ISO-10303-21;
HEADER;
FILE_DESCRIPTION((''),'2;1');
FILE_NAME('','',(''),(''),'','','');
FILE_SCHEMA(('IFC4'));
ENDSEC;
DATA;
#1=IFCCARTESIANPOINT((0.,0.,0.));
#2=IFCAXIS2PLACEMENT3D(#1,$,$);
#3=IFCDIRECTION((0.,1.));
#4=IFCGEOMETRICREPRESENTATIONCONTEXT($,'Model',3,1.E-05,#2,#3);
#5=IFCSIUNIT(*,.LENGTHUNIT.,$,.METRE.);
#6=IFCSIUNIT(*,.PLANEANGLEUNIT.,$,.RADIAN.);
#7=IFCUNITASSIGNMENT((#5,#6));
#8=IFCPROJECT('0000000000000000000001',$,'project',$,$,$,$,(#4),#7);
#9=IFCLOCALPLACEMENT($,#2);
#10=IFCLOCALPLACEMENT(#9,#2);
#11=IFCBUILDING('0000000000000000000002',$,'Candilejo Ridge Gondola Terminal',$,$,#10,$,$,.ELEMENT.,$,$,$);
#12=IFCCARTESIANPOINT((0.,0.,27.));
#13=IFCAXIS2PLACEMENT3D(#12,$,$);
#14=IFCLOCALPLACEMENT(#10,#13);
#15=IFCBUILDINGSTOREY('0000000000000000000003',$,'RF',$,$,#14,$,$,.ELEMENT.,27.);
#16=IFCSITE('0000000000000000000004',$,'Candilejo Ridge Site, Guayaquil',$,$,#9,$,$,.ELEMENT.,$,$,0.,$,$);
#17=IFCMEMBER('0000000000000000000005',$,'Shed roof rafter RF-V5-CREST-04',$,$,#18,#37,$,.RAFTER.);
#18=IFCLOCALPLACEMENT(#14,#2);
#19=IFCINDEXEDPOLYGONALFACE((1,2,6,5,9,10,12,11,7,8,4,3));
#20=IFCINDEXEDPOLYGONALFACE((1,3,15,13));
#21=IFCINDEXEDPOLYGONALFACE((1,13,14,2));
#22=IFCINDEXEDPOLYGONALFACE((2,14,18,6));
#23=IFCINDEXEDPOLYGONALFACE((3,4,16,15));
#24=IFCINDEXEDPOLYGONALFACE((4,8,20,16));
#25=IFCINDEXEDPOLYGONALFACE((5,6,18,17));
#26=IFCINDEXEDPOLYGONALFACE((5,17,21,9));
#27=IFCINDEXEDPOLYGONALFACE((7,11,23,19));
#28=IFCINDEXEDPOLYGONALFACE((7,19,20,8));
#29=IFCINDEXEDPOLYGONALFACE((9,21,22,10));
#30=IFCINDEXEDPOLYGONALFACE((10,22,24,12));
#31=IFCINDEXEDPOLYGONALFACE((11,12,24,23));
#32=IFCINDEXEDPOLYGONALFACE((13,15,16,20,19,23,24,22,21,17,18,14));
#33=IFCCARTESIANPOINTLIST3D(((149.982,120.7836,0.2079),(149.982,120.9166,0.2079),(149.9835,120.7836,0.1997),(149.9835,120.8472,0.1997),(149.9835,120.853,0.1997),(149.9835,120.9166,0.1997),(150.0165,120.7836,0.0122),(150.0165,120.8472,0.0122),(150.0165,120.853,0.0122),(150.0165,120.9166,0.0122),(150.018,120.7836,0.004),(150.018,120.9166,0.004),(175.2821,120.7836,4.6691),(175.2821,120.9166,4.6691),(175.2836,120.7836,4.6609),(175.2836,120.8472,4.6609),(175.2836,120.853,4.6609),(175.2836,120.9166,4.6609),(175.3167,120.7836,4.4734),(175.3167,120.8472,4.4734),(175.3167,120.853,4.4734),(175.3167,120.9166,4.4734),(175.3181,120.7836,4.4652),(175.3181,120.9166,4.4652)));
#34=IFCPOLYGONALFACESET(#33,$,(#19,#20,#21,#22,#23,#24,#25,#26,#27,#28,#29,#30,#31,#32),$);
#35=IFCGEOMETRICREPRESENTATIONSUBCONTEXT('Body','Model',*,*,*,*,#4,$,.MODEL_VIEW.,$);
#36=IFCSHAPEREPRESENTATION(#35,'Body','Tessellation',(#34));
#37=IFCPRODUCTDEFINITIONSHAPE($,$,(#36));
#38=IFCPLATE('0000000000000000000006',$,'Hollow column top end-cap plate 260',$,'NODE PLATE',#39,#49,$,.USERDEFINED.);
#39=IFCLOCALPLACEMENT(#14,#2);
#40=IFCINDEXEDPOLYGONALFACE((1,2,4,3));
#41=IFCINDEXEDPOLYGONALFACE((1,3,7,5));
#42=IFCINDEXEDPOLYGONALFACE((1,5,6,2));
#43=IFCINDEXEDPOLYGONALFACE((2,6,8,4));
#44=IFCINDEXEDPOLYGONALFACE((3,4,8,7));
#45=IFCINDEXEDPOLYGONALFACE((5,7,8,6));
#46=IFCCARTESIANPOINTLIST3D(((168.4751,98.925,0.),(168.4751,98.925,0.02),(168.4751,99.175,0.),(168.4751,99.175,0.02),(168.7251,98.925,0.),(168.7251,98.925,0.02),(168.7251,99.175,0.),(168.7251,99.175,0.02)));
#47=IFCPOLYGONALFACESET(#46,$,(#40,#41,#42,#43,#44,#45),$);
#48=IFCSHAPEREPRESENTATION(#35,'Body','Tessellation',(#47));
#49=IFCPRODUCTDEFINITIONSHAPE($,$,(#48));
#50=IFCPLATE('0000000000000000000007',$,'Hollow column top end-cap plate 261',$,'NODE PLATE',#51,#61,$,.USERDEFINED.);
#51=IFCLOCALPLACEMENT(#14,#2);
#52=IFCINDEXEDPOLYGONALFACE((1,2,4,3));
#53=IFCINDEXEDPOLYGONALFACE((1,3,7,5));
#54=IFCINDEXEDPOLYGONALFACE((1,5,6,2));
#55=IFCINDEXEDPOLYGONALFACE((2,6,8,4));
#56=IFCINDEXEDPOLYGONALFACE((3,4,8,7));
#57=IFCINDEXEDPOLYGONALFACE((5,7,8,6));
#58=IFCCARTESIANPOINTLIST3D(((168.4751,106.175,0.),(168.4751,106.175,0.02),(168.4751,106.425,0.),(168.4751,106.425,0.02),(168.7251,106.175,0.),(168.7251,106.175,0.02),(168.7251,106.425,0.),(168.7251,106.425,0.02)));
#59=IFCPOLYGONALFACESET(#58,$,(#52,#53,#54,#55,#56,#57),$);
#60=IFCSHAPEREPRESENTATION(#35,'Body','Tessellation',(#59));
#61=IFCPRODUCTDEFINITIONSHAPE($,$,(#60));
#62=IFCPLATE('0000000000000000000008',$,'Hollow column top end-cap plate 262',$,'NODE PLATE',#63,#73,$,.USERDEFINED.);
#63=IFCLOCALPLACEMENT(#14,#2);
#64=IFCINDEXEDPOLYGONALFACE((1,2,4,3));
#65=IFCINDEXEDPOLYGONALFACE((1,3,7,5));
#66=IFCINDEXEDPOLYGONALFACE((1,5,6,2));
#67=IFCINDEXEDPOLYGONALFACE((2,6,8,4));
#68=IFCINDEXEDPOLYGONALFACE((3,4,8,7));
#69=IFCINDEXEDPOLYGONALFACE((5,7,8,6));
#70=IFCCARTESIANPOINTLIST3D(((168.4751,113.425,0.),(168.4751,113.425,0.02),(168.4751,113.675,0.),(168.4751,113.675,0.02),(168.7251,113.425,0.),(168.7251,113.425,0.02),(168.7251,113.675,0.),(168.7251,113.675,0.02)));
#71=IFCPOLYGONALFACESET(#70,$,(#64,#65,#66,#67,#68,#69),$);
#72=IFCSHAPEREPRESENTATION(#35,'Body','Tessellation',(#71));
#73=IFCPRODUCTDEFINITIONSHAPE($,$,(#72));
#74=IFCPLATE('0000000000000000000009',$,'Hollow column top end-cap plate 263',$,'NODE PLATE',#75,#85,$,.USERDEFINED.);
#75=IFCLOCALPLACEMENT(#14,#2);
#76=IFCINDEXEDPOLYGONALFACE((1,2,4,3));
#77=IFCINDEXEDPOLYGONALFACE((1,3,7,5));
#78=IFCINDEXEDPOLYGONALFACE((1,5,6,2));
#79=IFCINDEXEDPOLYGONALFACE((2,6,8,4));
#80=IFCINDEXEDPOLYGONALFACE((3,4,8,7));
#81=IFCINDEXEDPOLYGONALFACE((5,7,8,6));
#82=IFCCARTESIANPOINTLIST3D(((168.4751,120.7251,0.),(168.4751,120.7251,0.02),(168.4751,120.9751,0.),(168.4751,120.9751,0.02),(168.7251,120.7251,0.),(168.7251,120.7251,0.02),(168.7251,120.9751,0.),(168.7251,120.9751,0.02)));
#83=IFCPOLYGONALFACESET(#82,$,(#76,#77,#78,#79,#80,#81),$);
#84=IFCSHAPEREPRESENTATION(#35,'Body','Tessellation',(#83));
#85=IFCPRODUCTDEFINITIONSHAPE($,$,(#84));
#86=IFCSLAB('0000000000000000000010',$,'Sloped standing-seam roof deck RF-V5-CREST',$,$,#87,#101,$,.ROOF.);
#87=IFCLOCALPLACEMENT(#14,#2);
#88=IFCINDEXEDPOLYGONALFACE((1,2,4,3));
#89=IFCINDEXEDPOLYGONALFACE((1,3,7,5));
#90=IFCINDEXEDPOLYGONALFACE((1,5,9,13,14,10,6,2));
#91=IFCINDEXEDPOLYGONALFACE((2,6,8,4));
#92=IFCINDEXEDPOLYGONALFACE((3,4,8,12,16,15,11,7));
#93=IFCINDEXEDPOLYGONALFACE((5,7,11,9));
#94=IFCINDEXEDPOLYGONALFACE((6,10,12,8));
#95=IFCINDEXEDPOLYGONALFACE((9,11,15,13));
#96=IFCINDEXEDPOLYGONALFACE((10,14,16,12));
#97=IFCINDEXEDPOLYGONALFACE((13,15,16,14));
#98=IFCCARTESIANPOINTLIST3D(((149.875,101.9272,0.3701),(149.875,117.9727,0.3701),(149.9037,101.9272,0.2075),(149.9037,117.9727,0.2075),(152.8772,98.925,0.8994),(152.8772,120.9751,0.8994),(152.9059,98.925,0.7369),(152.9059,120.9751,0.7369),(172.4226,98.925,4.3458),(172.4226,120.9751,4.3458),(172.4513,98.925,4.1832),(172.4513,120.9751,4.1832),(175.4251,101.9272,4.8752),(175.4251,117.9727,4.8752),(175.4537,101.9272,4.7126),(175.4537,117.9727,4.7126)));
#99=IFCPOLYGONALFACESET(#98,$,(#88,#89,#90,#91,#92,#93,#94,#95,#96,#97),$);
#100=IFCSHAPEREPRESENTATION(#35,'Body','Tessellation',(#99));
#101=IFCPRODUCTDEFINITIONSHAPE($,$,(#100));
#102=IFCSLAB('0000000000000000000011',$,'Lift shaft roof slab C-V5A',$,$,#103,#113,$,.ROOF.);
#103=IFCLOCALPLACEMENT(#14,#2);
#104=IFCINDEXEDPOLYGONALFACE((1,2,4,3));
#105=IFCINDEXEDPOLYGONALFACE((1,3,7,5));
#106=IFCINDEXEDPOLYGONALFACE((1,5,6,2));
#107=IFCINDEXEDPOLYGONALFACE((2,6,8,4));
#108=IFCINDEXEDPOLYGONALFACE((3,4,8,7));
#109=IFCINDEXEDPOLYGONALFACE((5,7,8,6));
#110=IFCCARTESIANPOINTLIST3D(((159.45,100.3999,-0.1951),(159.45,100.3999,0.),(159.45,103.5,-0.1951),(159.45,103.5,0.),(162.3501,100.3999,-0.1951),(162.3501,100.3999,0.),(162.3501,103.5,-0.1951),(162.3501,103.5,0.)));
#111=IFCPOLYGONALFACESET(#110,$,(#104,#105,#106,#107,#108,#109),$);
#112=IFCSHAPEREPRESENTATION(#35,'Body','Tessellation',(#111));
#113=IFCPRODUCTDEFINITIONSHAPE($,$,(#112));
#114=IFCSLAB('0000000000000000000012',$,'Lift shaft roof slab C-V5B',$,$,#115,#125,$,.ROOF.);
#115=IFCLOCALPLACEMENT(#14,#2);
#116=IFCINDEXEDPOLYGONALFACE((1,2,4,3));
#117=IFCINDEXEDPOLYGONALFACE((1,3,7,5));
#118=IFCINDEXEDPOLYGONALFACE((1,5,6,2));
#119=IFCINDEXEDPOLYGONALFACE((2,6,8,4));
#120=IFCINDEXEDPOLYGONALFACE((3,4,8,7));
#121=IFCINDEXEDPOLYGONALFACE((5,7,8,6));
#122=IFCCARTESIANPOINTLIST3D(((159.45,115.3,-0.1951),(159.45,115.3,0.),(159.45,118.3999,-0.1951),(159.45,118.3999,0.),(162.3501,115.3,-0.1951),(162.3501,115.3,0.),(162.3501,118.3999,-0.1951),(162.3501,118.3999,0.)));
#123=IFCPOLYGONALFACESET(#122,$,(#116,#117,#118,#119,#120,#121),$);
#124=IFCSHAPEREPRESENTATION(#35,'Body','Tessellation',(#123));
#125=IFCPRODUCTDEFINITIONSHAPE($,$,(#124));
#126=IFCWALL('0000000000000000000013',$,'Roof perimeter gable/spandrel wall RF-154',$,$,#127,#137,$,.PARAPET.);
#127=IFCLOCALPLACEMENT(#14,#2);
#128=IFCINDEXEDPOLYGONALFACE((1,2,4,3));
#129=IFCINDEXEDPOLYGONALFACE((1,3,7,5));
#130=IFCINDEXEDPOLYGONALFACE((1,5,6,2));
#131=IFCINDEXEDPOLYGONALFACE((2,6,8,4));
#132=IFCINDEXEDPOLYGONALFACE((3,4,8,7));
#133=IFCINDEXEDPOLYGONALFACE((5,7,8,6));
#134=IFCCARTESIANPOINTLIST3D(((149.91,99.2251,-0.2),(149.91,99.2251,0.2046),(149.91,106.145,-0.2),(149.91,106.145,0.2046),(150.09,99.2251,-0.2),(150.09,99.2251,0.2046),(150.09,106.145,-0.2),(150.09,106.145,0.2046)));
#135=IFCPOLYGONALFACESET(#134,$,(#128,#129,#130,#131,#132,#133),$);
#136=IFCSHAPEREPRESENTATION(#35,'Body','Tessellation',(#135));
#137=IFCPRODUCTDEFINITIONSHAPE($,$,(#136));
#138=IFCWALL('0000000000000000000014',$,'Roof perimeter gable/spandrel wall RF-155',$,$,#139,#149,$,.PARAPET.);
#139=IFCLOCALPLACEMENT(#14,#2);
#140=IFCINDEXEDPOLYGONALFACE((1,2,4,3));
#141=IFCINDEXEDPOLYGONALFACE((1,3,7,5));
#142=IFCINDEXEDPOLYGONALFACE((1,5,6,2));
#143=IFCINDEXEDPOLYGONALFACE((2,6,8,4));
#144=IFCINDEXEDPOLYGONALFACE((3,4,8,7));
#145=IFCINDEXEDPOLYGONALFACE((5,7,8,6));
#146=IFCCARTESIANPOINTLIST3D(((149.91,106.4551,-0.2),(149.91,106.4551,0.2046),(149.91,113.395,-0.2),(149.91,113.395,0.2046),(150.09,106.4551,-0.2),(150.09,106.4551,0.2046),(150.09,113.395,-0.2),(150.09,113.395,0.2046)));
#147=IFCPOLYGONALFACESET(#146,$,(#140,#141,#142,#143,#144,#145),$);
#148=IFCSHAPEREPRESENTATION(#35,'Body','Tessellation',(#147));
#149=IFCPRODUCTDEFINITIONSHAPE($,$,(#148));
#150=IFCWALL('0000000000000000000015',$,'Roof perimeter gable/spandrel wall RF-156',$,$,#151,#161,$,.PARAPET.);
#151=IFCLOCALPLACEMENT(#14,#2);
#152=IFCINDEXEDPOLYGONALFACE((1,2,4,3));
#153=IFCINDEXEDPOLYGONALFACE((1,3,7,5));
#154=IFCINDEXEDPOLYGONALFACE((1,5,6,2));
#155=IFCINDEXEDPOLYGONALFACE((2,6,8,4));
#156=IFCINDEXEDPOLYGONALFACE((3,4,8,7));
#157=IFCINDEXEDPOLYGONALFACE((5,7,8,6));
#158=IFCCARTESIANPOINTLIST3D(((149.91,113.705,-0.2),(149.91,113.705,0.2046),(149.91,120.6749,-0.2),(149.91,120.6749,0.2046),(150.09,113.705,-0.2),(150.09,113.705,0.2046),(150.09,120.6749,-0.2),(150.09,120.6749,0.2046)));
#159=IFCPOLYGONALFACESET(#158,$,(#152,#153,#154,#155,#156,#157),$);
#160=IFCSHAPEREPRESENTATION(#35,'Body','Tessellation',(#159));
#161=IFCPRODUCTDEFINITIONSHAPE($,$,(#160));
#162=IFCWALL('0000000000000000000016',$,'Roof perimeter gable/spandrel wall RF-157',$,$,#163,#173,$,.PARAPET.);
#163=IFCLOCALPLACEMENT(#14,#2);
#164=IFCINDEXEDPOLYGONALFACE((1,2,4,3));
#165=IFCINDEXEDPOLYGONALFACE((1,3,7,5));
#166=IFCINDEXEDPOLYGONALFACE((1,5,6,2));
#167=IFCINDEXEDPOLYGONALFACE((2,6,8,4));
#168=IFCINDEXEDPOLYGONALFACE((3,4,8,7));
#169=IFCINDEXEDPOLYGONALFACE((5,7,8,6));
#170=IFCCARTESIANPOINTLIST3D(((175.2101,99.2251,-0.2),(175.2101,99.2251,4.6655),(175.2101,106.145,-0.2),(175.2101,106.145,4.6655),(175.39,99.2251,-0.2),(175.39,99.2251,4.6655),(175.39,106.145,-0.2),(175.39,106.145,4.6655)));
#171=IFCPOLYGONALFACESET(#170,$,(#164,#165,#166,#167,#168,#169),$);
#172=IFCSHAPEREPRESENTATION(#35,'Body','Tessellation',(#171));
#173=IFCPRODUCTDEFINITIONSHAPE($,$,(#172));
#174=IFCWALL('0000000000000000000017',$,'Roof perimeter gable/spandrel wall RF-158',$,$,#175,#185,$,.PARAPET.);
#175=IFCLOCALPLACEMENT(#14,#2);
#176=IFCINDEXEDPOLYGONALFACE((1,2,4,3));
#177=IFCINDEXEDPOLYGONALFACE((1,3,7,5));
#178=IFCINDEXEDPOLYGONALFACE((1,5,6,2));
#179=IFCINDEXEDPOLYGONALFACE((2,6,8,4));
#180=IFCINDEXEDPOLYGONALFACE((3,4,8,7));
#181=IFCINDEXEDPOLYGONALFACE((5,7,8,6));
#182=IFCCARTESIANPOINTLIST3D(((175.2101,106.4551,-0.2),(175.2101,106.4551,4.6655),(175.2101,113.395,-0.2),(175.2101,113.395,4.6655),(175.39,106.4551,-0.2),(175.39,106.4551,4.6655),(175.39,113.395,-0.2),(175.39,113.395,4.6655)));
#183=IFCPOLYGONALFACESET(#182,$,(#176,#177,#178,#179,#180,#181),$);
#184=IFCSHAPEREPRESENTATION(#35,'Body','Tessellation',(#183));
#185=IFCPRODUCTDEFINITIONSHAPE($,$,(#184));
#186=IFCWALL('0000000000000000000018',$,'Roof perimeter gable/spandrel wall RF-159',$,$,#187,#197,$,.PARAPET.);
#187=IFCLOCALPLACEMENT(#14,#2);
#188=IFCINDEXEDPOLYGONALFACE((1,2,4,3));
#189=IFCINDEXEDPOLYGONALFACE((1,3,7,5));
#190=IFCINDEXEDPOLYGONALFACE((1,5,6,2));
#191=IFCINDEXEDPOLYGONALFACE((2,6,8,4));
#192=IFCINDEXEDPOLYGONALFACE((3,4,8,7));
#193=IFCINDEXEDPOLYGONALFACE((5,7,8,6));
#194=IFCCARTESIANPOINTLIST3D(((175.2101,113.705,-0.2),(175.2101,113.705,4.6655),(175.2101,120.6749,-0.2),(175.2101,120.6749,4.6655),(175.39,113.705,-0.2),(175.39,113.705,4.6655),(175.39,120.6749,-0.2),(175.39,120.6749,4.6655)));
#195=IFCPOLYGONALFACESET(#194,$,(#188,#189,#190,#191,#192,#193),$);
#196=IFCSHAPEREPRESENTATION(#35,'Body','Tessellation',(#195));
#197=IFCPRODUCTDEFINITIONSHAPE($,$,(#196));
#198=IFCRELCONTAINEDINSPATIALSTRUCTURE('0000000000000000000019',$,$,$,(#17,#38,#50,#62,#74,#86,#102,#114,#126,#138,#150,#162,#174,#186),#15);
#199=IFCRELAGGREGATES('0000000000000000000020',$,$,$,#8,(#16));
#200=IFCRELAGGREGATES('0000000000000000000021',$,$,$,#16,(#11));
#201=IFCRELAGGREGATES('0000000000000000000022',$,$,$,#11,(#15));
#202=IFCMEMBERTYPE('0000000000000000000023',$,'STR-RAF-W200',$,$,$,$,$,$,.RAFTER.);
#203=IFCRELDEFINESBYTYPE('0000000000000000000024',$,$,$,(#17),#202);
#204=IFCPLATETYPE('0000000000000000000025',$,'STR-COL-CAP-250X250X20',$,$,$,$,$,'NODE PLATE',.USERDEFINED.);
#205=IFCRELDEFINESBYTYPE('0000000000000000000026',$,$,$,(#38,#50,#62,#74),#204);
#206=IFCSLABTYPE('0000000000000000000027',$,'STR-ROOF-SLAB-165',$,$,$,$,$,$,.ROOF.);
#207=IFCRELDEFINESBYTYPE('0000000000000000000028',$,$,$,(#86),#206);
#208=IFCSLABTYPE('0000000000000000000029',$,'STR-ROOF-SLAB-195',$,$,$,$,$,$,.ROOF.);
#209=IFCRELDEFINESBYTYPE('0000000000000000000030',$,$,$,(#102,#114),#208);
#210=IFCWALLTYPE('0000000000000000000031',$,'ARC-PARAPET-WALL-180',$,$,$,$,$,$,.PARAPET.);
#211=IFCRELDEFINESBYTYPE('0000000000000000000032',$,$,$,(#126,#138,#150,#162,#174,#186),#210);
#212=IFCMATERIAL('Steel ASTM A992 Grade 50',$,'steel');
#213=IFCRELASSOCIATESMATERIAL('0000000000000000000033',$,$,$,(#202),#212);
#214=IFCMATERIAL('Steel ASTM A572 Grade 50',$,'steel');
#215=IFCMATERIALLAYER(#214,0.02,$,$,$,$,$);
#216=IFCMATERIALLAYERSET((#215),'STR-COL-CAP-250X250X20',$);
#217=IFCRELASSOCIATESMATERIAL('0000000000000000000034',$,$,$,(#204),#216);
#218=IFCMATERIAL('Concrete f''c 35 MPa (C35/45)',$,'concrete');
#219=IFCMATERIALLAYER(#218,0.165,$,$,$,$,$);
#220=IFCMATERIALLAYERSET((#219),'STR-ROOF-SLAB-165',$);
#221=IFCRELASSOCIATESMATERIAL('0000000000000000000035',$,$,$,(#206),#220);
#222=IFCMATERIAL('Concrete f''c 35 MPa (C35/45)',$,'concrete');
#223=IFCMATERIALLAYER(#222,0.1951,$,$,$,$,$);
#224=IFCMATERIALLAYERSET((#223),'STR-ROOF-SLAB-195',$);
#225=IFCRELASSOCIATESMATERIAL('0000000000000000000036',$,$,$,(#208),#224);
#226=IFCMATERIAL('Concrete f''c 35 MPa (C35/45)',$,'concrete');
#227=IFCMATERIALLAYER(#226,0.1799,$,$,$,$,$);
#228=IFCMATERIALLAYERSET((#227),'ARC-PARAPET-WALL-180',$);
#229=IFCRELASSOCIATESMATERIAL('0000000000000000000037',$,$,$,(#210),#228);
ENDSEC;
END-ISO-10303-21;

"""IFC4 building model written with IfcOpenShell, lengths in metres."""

from ifc_helpers import new_model, si_unit, direction, frame, frame_2d, origin, origin_2d, place, context, subcontext, project, spatial, polyline, rectangle, i_section, outline, extrude, material, layer, layer_set, material_profile, profile_set, type_object, element, save


model = new_model("IFC4")

# Units and contexts
model_context = context("Model", 3, precision=1e-05, world=origin(), true_north=direction((0.0, 1.0)))
body_context = subcontext(model_context, "Body", "Model", "MODEL_VIEW")
ifc_project = project(units=[si_unit("LENGTHUNIT", "METRE"), si_unit("PLANEANGLEUNIT", "RADIAN")], contexts=[model_context])

# Site, building, storey
site_placement = place(None, origin())
site = spatial("IfcSite", under=ifc_project, at=site_placement, Name="Candilejo Ridge Site, Guayaquil", CompositionType="ELEMENT", RefElevation=0.0)
building_placement = place(site_placement, origin())
building = spatial("IfcBuilding", under=site, at=building_placement, Name="Candilejo Ridge Gondola Terminal", CompositionType="ELEMENT")
storey_placement = place(building_placement, frame((0.0, 0.0, 27.0)))
storey = spatial("IfcBuildingStorey", under=building, at=storey_placement, Name="RF", CompositionType="ELEMENT", Elevation=27.0)

# Member
ifc_material_1 = material(Name="Steel ASTM A992 Grade 50", Category="steel")
ifc_material_profile_1 = material_profile(ifc_material_1, i_section(OverallWidth=0.1331, OverallDepth=0.207, WebThickness=0.0059, FlangeThickness=0.0083, at=origin_2d()))
ifc_profile_set_1 = profile_set([ifc_material_profile_1], Name="Steel ASTM A992 Grade 50")
member_type = type_object("IfcMemberType", Name="STR-RAF-W200", PredefinedType="RAFTER", material=ifc_profile_set_1)
for number, where, z_axis, x_axis, name in (
    (1, (150.0, 120.8501, 0.106), (0.984807, 0.0, 0.173652), (0.0, 1.0, 0.0), "Shed roof rafter RF-V5-CREST-04"),
):
    element("IfcMember", number, at=place(storey_placement, frame(where, z_axis=z_axis, x_axis=x_axis)), inside=storey, type_object=member_type, Name=name, PredefinedType="RAFTER", context=body_context, shape_type="SweptSolid", body=[
        extrude(i_section(OverallWidth=0.1331, OverallDepth=0.207, WebThickness=0.0059, FlangeThickness=0.0083, at=origin_2d()), origin(), (0.0, 0.0, 1.0), 25.6904),
    ])

# Plates
ifc_material_2 = material(Name="Steel ASTM A572 Grade 50", Category="steel")
ifc_layer_1 = layer(ifc_material_2, 0.02)
ifc_layer_set_1 = layer_set([ifc_layer_1], Name="STR-COL-CAP-250X250X20")
plate_type = type_object("IfcPlateType", Name="STR-COL-CAP-250X250X20", ElementType="NODE PLATE", PredefinedType="USERDEFINED", material=ifc_layer_set_1)
for number, where, z_axis, x_axis, name in (
    (2, (168.6001, 99.05, 0.0), (0.0, 0.0, 1.0), (1.0, 0.0, 0.0), "Hollow column top end-cap plate 260"),
    (3, (168.6001, 106.3, 0.0), (0.0, 0.0, 1.0), (1.0, 0.0, 0.0), "Hollow column top end-cap plate 261"),
    (4, (168.6001, 113.55, 0.0), (0.0, 0.0, 1.0), (1.0, 0.0, 0.0), "Hollow column top end-cap plate 262"),
    (5, (168.6001, 120.8501, 0.0), (0.0, 0.0, 1.0), (1.0, 0.0, 0.0), "Hollow column top end-cap plate 263"),
):
    element("IfcPlate", number, at=place(storey_placement, frame(where, z_axis=z_axis, x_axis=x_axis)), inside=storey, type_object=plate_type, Name=name, ObjectType="NODE PLATE", PredefinedType="USERDEFINED", context=body_context, shape_type="SweptSolid", body=[
        extrude(rectangle(XDim=0.25, YDim=0.25, at=origin_2d()), origin(), (0.0, 0.0, 1.0), 0.02),
    ])

# Slabs
ifc_material_3 = material(Name="Concrete f'c 35 MPa (C35/45)", Category="concrete")
ifc_layer_2 = layer(ifc_material_3, 0.165)
ifc_layer_set_2 = layer_set([ifc_layer_2], Name="STR-ROOF-SLAB-165")
slab_type_1 = type_object("IfcSlabType", Name="STR-ROOF-SLAB-165", PredefinedType="ROOF", material=ifc_layer_set_2)
slab_1_placement = place(storey_placement, frame((152.8772, 98.925, 0.8994), z_axis=(-0.173646, 0.0, 0.984808), x_axis=(0.984808, 0.0, 0.173646)))
element("IfcSlab", 6, at=slab_1_placement, inside=storey, type_object=slab_type_1, Name="Sloped standing-seam roof deck RF-V5-CREST", PredefinedType="ROOF", context=body_context, shape_type="SweptSolid", body=[
    extrude(outline(polyline([(0.0, 0.0), (19.8469, 0.0), (22.8957, 3.0022), (22.8957, 19.0476), (19.8469, 22.05), (0.0, 22.05), (-3.0485, 19.0476), (-3.0485, 3.0022), (0.0, 0.0)])), origin(), (0.0, 0.0, -1.0), 0.165),
])
ifc_material_4 = material(Name="Concrete f'c 35 MPa (C35/45)", Category="concrete")
ifc_layer_3 = layer(ifc_material_4, 0.1951)
ifc_layer_set_3 = layer_set([ifc_layer_3], Name="STR-ROOF-SLAB-195")
slab_type_2 = type_object("IfcSlabType", Name="STR-ROOF-SLAB-195", PredefinedType="ROOF", material=ifc_layer_set_3)
slab_2_placement = place(storey_placement, frame((0.0, 0.0, -0.1951)))
element("IfcSlab", 7, at=slab_2_placement, inside=storey, type_object=slab_type_2, Name="Lift shaft roof slab C-V5A", PredefinedType="ROOF", context=body_context, shape_type="SweptSolid", body=[
    extrude(outline(polyline([(159.45, 100.3999), (162.3501, 100.3999), (162.3501, 103.5), (159.45, 103.5), (159.45, 100.3999)])), origin(), (0.0, 0.0, 1.0), 0.1951),
])
slab_3_placement = place(storey_placement, frame((0.0, 0.0, -0.1951)))
element("IfcSlab", 8, at=slab_3_placement, inside=storey, type_object=slab_type_2, Name="Lift shaft roof slab C-V5B", PredefinedType="ROOF", context=body_context, shape_type="SweptSolid", body=[
    extrude(outline(polyline([(159.45, 115.3), (162.3501, 115.3), (162.3501, 118.3999), (159.45, 118.3999), (159.45, 115.3)])), origin(), (0.0, 0.0, 1.0), 0.1951),
])

# Walls
ifc_material_5 = material(Name="Concrete f'c 35 MPa (C35/45)", Category="concrete")
ifc_layer_4 = layer(ifc_material_5, 0.1799)
ifc_layer_set_4 = layer_set([ifc_layer_4], Name="ARC-PARAPET-WALL-180")
wall_type = type_object("IfcWallType", Name="ARC-PARAPET-WALL-180", PredefinedType="PARAPET", material=ifc_layer_set_4)
wall_1_placement = place(storey_placement, frame((150.0, 99.2251, -0.2), z_axis=(0.0, 0.0, 1.0), x_axis=(0.0, 1.0, 0.0)))
element("IfcWall", 9, at=wall_1_placement, inside=storey, type_object=wall_type, Name="Roof perimeter gable/spandrel wall RF-154", PredefinedType="PARAPET", context=body_context, shape_type="SweptSolid", body=[
    extrude(rectangle(XDim=6.9199, YDim=0.1799, at=frame_2d((3.46, 0.0))), origin(), (0.0, 0.0, 1.0), 0.4045),
])
wall_2_placement = place(storey_placement, frame((150.0, 106.4551, -0.2), z_axis=(0.0, 0.0, 1.0), x_axis=(0.0, 1.0, 0.0)))
element("IfcWall", 10, at=wall_2_placement, inside=storey, type_object=wall_type, Name="Roof perimeter gable/spandrel wall RF-155", PredefinedType="PARAPET", context=body_context, shape_type="SweptSolid", body=[
    extrude(rectangle(XDim=6.9399, YDim=0.1799, at=frame_2d((3.47, 0.0))), origin(), (0.0, 0.0, 1.0), 0.4045),
])
wall_3_placement = place(storey_placement, frame((150.0, 113.7051, -0.2), z_axis=(0.0, 0.0, 1.0), x_axis=(0.0, 1.0, 0.0)))
element("IfcWall", 11, at=wall_3_placement, inside=storey, type_object=wall_type, Name="Roof perimeter gable/spandrel wall RF-156", PredefinedType="PARAPET", context=body_context, shape_type="SweptSolid", body=[
    extrude(rectangle(XDim=6.97, YDim=0.1799, at=frame_2d((3.4849, 0.0))), origin(), (0.0, 0.0, 1.0), 0.4045),
])
wall_4_placement = place(storey_placement, frame((175.3, 99.2251, -0.2), z_axis=(0.0, 0.0, 1.0), x_axis=(0.0, 1.0, 0.0)))
element("IfcWall", 12, at=wall_4_placement, inside=storey, type_object=wall_type, Name="Roof perimeter gable/spandrel wall RF-157", PredefinedType="PARAPET", context=body_context, shape_type="SweptSolid", body=[
    extrude(rectangle(XDim=6.9199, YDim=0.1799, at=frame_2d((3.46, 0.0))), origin(), (0.0, 0.0, 1.0), 4.8655),
])
wall_5_placement = place(storey_placement, frame((175.3, 106.4551, -0.2), z_axis=(0.0, 0.0, 1.0), x_axis=(0.0, 1.0, 0.0)))
element("IfcWall", 13, at=wall_5_placement, inside=storey, type_object=wall_type, Name="Roof perimeter gable/spandrel wall RF-158", PredefinedType="PARAPET", context=body_context, shape_type="SweptSolid", body=[
    extrude(rectangle(XDim=6.9399, YDim=0.1799, at=frame_2d((3.47, 0.0))), origin(), (0.0, 0.0, 1.0), 4.8655),
])
wall_6_placement = place(storey_placement, frame((175.3, 113.7051, -0.2), z_axis=(0.0, 0.0, 1.0), x_axis=(0.0, 1.0, 0.0)))
element("IfcWall", 14, at=wall_6_placement, inside=storey, type_object=wall_type, Name="Roof perimeter gable/spandrel wall RF-159", PredefinedType="PARAPET", context=body_context, shape_type="SweptSolid", body=[
    extrude(rectangle(XDim=6.97, YDim=0.1799, at=frame_2d((3.4849, 0.0))), origin(), (0.0, 0.0, 1.0), 4.8655),
])

save(model, "model.ifc")
